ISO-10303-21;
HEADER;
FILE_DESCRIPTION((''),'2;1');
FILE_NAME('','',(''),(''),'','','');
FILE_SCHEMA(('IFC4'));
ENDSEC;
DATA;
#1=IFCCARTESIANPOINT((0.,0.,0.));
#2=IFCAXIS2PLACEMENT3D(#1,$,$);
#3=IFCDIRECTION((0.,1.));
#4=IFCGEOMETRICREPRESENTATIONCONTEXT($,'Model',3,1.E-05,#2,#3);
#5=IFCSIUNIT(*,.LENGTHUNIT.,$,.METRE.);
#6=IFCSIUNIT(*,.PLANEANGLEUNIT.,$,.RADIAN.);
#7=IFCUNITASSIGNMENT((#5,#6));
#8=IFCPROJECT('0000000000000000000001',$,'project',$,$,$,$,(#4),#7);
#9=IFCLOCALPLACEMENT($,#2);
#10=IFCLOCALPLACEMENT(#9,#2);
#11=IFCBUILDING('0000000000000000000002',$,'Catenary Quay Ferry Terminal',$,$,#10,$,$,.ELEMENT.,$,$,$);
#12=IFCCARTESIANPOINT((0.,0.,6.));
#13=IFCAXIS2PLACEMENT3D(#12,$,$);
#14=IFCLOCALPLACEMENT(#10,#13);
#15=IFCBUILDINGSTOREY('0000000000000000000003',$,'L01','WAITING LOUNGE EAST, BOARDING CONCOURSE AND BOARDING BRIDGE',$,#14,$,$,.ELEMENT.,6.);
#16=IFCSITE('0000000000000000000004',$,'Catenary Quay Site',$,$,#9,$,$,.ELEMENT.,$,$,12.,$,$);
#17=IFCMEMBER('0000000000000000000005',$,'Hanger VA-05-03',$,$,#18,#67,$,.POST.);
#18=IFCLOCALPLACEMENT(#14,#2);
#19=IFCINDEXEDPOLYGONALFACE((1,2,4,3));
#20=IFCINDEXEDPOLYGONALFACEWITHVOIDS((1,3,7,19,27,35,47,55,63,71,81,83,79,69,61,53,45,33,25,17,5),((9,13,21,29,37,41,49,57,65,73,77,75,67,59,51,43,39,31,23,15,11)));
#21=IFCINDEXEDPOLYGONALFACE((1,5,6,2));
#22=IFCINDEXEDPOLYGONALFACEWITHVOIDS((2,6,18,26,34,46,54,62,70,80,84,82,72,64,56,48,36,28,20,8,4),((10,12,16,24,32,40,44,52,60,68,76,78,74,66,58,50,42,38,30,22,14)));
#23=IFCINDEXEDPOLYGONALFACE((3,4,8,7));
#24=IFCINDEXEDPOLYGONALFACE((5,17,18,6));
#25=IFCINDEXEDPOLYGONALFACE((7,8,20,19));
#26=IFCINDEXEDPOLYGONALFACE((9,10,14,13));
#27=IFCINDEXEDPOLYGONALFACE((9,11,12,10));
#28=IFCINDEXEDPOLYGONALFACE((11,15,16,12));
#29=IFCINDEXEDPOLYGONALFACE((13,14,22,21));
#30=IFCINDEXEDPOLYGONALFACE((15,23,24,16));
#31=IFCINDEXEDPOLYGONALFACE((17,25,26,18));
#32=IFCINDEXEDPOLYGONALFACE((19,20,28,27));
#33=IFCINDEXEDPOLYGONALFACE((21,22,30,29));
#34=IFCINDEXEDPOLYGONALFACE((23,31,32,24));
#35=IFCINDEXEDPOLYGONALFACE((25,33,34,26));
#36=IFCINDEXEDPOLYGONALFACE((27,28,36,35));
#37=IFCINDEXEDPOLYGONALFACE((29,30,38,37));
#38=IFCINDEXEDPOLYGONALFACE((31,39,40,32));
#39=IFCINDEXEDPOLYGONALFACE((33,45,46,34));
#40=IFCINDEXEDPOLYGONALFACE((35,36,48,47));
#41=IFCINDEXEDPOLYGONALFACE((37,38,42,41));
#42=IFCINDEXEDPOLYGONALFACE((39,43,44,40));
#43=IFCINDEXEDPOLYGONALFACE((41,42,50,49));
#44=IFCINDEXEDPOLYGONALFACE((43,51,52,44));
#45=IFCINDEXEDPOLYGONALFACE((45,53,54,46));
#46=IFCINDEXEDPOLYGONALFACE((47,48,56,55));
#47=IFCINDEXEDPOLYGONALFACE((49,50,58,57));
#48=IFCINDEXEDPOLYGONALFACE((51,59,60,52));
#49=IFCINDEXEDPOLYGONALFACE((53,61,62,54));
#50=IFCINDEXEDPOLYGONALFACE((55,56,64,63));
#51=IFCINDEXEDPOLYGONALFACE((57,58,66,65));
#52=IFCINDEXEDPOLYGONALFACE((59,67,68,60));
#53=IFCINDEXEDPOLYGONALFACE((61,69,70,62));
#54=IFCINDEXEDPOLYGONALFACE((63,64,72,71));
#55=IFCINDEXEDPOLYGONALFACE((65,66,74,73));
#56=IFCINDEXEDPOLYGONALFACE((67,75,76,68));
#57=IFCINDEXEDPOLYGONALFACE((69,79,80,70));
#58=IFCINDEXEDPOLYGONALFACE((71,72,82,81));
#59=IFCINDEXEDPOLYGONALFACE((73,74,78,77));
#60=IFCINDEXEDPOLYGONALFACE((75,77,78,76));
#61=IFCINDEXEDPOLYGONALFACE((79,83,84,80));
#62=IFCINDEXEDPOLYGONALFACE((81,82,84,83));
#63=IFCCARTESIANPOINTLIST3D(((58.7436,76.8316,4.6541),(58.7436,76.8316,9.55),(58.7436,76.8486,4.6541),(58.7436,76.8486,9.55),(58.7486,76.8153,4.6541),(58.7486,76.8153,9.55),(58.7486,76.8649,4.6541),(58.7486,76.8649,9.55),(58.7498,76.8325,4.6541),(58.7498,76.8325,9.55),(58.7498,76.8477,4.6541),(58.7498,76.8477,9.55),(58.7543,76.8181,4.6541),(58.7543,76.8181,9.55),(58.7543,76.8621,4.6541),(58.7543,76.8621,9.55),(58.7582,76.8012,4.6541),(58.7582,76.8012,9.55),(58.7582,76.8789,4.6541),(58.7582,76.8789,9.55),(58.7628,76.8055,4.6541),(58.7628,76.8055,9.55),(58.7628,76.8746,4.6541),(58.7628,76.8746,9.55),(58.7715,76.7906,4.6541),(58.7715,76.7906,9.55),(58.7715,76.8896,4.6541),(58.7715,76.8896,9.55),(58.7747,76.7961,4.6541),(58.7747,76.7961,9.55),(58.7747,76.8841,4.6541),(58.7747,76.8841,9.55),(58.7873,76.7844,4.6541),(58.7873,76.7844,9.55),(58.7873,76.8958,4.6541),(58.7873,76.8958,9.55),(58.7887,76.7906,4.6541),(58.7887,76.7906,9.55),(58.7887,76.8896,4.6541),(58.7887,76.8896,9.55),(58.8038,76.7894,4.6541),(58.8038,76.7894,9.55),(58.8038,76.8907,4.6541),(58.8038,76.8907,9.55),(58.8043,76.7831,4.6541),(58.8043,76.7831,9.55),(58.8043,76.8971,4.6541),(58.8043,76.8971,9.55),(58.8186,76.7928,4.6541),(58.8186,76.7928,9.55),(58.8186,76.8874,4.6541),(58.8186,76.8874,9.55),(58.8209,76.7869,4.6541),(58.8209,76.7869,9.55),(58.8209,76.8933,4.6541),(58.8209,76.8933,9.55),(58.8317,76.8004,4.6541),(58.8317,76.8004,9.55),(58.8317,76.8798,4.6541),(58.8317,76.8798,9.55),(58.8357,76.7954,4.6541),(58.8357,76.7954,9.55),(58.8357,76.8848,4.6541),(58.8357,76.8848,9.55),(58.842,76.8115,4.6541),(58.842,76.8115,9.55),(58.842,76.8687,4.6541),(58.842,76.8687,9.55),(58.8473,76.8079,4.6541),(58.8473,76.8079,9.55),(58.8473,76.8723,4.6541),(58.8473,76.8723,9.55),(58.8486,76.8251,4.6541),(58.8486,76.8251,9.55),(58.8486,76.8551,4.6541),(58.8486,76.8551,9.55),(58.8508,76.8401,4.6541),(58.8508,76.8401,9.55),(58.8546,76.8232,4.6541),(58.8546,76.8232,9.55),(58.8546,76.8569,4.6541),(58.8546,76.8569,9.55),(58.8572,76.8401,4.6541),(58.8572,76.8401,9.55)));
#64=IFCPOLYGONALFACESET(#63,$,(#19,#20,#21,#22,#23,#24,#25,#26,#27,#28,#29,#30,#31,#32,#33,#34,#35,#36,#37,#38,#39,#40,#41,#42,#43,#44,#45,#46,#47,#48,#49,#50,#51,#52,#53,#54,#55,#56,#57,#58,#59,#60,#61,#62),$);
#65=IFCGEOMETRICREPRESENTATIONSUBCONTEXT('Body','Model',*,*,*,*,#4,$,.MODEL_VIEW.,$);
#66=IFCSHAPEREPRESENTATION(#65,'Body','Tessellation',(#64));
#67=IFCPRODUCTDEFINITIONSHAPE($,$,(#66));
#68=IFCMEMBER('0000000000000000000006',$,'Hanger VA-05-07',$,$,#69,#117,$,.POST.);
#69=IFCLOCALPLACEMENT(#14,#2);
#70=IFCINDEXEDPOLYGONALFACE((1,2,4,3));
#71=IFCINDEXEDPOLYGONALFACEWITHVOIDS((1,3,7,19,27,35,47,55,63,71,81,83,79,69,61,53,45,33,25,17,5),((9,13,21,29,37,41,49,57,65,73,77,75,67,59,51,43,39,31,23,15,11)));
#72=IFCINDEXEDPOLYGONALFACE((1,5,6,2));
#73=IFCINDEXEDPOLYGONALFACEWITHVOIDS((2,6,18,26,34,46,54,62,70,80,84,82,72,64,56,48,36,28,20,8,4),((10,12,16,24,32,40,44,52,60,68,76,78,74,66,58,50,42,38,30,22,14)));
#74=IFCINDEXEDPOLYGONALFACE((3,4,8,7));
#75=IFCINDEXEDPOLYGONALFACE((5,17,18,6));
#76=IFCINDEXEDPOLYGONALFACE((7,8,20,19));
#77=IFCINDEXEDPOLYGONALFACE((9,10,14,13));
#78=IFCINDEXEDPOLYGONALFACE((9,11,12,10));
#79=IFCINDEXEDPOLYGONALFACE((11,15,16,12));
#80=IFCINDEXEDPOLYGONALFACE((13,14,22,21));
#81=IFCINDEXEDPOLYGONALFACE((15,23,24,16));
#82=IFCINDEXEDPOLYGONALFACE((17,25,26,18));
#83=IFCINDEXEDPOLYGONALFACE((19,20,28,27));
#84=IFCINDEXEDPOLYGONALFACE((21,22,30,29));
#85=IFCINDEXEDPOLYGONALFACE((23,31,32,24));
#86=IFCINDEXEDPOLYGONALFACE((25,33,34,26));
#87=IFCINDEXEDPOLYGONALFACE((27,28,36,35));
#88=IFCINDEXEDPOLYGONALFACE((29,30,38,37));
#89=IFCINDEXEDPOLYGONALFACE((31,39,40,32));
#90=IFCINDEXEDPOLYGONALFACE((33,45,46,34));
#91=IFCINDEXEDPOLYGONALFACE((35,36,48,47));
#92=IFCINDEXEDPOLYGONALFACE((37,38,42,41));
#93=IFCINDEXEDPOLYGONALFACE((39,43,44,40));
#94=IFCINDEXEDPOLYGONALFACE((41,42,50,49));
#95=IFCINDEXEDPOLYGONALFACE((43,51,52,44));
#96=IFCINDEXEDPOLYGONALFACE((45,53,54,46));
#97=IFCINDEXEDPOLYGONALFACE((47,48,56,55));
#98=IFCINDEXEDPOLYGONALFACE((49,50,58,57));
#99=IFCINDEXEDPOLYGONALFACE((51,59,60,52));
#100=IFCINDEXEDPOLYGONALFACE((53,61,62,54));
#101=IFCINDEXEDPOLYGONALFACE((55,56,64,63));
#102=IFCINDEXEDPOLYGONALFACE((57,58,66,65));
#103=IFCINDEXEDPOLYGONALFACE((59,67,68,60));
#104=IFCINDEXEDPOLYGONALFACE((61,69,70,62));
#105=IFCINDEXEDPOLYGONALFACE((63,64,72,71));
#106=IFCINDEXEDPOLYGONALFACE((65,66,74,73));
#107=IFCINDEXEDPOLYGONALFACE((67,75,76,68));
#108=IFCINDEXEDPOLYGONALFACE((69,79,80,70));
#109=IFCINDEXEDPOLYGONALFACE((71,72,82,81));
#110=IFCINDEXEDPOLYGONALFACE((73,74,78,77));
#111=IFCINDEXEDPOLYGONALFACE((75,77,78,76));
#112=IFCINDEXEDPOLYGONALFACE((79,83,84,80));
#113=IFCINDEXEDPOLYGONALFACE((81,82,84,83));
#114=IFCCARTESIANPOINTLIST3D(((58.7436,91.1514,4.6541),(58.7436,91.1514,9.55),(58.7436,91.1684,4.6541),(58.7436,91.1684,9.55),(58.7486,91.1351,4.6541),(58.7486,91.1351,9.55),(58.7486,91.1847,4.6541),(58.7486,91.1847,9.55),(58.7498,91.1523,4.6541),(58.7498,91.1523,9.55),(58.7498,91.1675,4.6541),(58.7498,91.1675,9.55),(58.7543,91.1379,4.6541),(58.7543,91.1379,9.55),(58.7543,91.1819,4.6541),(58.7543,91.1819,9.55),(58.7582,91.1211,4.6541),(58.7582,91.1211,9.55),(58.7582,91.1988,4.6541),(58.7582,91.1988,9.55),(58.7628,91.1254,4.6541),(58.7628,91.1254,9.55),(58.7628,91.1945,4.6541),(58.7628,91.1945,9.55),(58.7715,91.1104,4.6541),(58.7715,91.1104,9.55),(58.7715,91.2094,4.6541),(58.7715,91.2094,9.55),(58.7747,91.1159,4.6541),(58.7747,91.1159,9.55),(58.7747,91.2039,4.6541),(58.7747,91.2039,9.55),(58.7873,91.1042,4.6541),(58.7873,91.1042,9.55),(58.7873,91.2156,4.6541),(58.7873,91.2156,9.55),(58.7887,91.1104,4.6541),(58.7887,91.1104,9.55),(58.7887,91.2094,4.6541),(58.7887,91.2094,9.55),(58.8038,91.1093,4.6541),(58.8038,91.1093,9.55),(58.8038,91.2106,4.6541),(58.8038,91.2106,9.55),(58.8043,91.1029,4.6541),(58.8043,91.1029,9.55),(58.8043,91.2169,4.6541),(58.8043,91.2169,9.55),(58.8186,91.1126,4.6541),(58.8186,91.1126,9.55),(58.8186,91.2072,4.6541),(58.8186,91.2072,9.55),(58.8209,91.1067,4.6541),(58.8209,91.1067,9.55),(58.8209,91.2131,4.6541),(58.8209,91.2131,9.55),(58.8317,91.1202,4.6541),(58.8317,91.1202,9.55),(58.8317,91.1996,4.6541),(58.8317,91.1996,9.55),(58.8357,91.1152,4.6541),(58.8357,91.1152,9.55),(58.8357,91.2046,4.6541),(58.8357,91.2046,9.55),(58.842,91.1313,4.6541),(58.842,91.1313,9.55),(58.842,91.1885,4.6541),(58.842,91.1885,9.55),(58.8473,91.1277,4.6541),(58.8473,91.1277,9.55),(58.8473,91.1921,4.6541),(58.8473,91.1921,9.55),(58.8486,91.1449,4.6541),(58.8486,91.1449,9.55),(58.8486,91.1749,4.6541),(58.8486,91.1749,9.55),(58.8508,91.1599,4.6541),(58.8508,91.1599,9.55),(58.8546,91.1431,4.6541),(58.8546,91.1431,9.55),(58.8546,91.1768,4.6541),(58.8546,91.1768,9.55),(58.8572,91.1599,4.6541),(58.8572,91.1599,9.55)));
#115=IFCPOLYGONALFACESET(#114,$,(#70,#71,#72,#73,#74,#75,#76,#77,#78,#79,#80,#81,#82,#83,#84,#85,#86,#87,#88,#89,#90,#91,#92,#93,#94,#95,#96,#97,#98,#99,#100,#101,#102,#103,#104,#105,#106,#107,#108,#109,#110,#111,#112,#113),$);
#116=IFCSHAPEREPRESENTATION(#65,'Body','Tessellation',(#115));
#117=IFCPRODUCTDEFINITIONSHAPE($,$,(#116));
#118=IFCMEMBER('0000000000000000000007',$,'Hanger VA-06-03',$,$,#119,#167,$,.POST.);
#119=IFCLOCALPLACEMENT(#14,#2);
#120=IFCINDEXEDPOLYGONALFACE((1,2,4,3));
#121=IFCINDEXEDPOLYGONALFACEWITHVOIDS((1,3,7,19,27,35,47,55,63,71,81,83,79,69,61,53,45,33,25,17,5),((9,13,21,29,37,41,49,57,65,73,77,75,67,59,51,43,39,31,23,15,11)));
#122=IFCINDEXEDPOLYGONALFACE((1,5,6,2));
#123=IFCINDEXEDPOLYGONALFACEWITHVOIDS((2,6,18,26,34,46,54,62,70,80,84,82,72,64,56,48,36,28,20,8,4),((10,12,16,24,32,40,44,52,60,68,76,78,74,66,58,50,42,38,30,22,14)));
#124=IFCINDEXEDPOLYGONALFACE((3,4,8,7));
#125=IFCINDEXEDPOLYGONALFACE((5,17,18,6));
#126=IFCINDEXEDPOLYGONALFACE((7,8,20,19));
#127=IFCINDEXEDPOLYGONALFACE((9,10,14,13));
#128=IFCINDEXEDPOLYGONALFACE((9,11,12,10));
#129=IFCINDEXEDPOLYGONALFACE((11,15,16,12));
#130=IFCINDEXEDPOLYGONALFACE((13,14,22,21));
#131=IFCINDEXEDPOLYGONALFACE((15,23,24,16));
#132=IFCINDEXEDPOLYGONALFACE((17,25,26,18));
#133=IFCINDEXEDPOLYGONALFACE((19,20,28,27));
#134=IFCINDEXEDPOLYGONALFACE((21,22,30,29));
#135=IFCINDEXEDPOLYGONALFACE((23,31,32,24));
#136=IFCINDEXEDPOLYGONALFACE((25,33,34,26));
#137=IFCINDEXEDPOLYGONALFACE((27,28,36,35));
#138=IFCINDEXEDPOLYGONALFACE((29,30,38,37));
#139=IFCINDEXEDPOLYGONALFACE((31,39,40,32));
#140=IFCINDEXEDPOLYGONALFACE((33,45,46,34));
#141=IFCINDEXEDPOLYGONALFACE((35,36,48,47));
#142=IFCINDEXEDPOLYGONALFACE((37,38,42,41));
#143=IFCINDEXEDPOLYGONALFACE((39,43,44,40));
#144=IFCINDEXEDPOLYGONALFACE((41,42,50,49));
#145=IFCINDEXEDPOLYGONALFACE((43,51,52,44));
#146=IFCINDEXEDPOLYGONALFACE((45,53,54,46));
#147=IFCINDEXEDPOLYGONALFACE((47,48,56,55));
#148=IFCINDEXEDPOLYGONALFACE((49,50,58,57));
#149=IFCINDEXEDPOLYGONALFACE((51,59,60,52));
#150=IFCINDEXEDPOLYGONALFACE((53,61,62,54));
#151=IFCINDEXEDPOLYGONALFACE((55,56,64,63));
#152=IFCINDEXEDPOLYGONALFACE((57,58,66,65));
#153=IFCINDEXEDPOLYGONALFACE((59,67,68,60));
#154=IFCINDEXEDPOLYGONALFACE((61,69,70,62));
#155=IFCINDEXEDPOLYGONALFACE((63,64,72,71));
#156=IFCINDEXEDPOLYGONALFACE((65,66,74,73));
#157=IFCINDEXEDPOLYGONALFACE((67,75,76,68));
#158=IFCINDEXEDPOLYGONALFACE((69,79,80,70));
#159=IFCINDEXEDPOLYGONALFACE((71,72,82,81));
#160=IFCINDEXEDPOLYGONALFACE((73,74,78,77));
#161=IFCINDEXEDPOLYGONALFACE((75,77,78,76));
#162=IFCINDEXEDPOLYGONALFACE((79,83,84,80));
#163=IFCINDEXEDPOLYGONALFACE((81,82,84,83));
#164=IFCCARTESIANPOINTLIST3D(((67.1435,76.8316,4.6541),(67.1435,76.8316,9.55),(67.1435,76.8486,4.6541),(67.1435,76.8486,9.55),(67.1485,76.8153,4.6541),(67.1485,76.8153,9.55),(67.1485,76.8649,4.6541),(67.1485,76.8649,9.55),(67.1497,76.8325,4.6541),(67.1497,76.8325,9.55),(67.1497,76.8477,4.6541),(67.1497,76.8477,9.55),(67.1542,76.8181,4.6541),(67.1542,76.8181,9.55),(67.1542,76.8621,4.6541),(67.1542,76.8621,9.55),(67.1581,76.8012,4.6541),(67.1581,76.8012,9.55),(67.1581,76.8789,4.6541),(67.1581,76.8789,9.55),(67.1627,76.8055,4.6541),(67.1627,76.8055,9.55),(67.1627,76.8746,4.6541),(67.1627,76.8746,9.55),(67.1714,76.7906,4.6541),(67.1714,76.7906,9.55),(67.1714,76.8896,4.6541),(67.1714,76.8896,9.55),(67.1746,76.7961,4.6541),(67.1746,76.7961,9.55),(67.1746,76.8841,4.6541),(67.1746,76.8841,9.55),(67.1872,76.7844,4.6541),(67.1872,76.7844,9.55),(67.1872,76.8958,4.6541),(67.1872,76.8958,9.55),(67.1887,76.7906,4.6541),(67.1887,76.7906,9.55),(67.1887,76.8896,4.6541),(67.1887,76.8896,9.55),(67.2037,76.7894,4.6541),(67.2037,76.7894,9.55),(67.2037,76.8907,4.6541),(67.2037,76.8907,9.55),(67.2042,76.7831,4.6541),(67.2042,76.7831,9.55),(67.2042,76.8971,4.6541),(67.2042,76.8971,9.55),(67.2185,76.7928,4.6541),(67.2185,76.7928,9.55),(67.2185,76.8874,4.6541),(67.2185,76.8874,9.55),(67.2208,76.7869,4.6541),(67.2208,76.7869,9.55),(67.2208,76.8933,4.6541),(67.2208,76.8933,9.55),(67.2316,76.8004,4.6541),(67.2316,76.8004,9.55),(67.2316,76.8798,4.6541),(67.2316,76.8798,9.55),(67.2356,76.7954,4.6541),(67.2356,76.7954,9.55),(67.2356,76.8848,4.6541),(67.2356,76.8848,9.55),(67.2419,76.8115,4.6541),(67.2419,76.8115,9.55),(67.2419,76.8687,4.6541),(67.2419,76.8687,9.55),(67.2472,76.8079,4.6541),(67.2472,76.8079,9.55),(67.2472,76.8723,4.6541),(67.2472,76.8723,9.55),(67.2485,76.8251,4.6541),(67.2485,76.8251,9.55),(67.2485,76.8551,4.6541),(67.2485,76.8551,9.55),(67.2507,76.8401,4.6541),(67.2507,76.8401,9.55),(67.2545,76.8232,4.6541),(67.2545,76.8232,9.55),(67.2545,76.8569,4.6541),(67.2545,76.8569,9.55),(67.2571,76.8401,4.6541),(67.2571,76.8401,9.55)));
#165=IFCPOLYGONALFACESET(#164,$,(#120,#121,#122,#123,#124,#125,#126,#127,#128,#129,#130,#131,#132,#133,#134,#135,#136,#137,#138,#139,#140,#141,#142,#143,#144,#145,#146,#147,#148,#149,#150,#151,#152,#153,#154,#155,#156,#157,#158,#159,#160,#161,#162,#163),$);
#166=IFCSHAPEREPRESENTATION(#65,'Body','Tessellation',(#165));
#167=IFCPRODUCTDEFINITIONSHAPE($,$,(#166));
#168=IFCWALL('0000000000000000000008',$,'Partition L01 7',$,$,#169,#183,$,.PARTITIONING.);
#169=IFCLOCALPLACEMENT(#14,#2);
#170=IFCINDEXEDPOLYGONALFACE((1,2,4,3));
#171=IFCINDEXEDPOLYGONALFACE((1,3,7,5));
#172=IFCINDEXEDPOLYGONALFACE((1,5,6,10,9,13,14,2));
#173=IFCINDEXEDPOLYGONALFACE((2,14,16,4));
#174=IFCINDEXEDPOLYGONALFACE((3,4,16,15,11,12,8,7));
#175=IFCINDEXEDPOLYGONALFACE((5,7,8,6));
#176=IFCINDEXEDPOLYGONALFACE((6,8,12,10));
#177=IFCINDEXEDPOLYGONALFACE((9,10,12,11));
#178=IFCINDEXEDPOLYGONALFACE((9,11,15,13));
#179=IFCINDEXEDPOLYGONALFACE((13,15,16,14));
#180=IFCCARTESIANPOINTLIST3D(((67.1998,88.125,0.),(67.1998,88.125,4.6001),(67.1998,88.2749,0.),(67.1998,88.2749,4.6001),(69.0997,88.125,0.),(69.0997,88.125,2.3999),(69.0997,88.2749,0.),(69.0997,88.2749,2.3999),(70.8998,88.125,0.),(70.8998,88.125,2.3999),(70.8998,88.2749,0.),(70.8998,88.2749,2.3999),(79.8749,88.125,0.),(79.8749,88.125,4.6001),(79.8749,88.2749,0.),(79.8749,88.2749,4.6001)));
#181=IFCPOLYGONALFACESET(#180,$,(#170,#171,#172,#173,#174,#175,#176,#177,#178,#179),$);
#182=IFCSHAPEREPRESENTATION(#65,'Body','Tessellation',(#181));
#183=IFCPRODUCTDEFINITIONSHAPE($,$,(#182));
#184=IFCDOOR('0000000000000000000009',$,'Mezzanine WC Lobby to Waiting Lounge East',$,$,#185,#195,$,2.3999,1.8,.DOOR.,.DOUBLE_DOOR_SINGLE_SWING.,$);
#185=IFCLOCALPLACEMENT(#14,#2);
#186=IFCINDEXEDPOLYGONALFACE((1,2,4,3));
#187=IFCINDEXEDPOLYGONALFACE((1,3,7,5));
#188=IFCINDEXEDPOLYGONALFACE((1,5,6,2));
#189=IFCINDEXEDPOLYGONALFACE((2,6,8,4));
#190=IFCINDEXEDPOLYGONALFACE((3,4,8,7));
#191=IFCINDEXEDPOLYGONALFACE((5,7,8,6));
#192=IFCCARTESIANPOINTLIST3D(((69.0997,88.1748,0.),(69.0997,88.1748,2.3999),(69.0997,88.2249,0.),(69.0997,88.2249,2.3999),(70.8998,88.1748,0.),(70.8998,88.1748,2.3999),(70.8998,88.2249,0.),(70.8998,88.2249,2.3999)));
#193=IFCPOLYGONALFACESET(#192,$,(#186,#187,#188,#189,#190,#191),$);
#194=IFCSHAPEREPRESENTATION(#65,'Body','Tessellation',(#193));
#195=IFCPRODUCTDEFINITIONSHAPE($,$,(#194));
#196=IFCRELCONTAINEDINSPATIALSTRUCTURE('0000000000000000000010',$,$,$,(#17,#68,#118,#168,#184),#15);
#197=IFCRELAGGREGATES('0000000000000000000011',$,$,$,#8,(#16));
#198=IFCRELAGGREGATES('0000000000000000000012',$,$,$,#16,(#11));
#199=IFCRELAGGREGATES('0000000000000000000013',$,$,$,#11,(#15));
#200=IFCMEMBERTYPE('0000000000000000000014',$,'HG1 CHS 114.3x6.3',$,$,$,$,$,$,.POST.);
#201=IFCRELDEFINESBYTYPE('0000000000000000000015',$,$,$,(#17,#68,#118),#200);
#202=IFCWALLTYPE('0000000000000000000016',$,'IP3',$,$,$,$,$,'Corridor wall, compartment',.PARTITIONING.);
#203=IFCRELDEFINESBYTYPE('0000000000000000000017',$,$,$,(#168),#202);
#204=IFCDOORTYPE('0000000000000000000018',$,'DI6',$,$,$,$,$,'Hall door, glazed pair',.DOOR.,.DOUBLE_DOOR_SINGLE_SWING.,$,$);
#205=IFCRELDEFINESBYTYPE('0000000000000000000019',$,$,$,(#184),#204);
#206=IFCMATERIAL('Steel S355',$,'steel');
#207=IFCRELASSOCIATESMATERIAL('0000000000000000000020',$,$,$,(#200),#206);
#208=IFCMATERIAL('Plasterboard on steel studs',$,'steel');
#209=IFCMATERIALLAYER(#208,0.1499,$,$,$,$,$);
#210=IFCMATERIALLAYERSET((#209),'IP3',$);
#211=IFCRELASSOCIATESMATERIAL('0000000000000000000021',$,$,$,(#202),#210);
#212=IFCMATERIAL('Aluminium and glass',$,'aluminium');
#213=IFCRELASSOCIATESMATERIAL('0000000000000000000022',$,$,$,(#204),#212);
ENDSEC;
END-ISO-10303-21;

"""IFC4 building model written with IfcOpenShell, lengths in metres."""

from ifc_helpers import new_model, si_unit, direction, frame, frame_2d, origin, origin_2d, place, context, subcontext, project, spatial, rectangle, hollow_circle, extrude, material, layer, layer_set, material_profile, profile_set, type_object, element, fill, save


model = new_model("IFC4")

# Units and contexts
model_context = context("Model", 3, precision=1e-05, world=origin(), true_north=direction((0.0, 1.0)))
body_context = subcontext(model_context, "Body", "Model", "MODEL_VIEW")
ifc_project = project(units=[si_unit("LENGTHUNIT", "METRE"), si_unit("PLANEANGLEUNIT", "RADIAN")], contexts=[model_context])

# Site, building, storey
site_placement = place(None, origin())
site = spatial("IfcSite", under=ifc_project, at=site_placement, Name="Catenary Quay Site", CompositionType="ELEMENT", RefElevation=12.0)
building_placement = place(site_placement, origin())
building = spatial("IfcBuilding", under=site, at=building_placement, Name="Catenary Quay Ferry Terminal", CompositionType="ELEMENT")
storey_placement = place(building_placement, frame((0.0, 0.0, 6.0)))
storey = spatial("IfcBuildingStorey", under=building, at=storey_placement, Name="L01", Description="WAITING LOUNGE EAST, BOARDING CONCOURSE AND BOARDING BRIDGE", CompositionType="ELEMENT", Elevation=6.0)

# Members
ifc_material_1 = material(Name="Steel S355", Category="steel")
ifc_material_profile_1 = material_profile(ifc_material_1, hollow_circle(Radius=0.0571, WallThickness=0.0063, at=origin_2d()), Name="CHS 114.3x6.3")
ifc_profile_set_1 = profile_set([ifc_material_profile_1], Name="Steel S355")
member_type = type_object("IfcMemberType", Name="HG1 CHS 114.3x6.3", PredefinedType="POST", material=ifc_profile_set_1)
for number, where, z_axis, x_axis, name in (
    (1, (58.8, 76.8401, 4.6541), (0.0, 0.0, 1.0), (1.0, 0.0, 0.0), "Hanger VA-05-03"),
    (2, (58.8, 91.1599, 4.6541), (0.0, 0.0, 1.0), (1.0, 0.0, 0.0), "Hanger VA-05-07"),
    (3, (67.2, 76.8401, 4.6541), (0.0, 0.0, 1.0), (1.0, 0.0, 0.0), "Hanger VA-06-03"),
):
    element("IfcMember", number, at=place(storey_placement, frame(where, z_axis=z_axis, x_axis=x_axis)), inside=storey, type_object=member_type, Name=name, PredefinedType="POST", context=body_context, shape_type="SweptSolid", body=[
        extrude(hollow_circle(Radius=0.0571, WallThickness=0.0063, at=origin_2d()), origin(), (0.0, 0.0, 1.0), 4.896),
    ])

# Wall, opening, door
ifc_material_2 = material(Name="Plasterboard on steel studs", Category="steel")
ifc_layer_1 = layer(ifc_material_2, 0.1499)
ifc_layer_set_1 = layer_set([ifc_layer_1], Name="IP3")
wall_type_1 = type_object("IfcWallType", Name="IP3", ElementType="Corridor wall, compartment", PredefinedType="PARTITIONING", material=ifc_layer_set_1)
wall_1_placement = place(storey_placement, frame((67.2, 88.2, 0.0), z_axis=(0.0, 0.0, 1.0), x_axis=(1.0, 0.0, 0.0)))
wall_1 = element("IfcWall", 4, at=wall_1_placement, inside=storey, type_object=wall_type_1, Name="Partition L01 7", PredefinedType="PARTITIONING", context=body_context, shape_type="SweptSolid", body=[
    extrude(rectangle(XDim=12.675, YDim=0.1499, at=frame_2d((6.3374, 0.0))), origin(), (0.0, 0.0, 1.0), 4.6001),
])
opening_1_placement = place(wall_1_placement, frame((1.8999, 0.0, 0.0)))
opening_1 = element("IfcOpeningElement", 5, at=opening_1_placement, cuts=wall_1, PredefinedType="OPENING", context=body_context, shape_type="SweptSolid", body=[
    extrude(rectangle(XDim=1.8, YDim=2.3999, at=frame_2d((0.8999, 1.2))), frame((0.0, 0.085, 0.0), z_axis=(0.0, -1.0, 0.0), x_axis=(1.0, 0.0, 0.0)), (0.0, 0.0, 1.0), 0.1699),
])
ifc_material_3 = material(Name="Aluminium and glass", Category="aluminium")
door_type_1 = type_object("IfcDoorType", Name="DI6", ElementType="Hall door, glazed pair", OperationType="DOUBLE_DOOR_SINGLE_SWING", PredefinedType="DOOR", material=ifc_material_3)
door_1_placement = place(opening_1_placement, origin())
door_1 = element("IfcDoor", 6, at=door_1_placement, inside=storey, type_object=door_type_1, Name="Mezzanine WC Lobby to Waiting Lounge East", OperationType="DOUBLE_DOOR_SINGLE_SWING", OverallHeight=2.3999, OverallWidth=1.8, PredefinedType="DOOR", context=body_context, shape_type="SweptSolid", body=[
    extrude(rectangle(XDim=1.8, YDim=2.3999, at=frame_2d((0.8999, 1.2))), frame((0.0, 0.0249, 0.0), z_axis=(0.0, -1.0, 0.0), x_axis=(1.0, 0.0, 0.0)), (0.0, 0.0, 1.0), 0.05),
])
fill(opening_1, door_1)

save(model, "model.ifc")
